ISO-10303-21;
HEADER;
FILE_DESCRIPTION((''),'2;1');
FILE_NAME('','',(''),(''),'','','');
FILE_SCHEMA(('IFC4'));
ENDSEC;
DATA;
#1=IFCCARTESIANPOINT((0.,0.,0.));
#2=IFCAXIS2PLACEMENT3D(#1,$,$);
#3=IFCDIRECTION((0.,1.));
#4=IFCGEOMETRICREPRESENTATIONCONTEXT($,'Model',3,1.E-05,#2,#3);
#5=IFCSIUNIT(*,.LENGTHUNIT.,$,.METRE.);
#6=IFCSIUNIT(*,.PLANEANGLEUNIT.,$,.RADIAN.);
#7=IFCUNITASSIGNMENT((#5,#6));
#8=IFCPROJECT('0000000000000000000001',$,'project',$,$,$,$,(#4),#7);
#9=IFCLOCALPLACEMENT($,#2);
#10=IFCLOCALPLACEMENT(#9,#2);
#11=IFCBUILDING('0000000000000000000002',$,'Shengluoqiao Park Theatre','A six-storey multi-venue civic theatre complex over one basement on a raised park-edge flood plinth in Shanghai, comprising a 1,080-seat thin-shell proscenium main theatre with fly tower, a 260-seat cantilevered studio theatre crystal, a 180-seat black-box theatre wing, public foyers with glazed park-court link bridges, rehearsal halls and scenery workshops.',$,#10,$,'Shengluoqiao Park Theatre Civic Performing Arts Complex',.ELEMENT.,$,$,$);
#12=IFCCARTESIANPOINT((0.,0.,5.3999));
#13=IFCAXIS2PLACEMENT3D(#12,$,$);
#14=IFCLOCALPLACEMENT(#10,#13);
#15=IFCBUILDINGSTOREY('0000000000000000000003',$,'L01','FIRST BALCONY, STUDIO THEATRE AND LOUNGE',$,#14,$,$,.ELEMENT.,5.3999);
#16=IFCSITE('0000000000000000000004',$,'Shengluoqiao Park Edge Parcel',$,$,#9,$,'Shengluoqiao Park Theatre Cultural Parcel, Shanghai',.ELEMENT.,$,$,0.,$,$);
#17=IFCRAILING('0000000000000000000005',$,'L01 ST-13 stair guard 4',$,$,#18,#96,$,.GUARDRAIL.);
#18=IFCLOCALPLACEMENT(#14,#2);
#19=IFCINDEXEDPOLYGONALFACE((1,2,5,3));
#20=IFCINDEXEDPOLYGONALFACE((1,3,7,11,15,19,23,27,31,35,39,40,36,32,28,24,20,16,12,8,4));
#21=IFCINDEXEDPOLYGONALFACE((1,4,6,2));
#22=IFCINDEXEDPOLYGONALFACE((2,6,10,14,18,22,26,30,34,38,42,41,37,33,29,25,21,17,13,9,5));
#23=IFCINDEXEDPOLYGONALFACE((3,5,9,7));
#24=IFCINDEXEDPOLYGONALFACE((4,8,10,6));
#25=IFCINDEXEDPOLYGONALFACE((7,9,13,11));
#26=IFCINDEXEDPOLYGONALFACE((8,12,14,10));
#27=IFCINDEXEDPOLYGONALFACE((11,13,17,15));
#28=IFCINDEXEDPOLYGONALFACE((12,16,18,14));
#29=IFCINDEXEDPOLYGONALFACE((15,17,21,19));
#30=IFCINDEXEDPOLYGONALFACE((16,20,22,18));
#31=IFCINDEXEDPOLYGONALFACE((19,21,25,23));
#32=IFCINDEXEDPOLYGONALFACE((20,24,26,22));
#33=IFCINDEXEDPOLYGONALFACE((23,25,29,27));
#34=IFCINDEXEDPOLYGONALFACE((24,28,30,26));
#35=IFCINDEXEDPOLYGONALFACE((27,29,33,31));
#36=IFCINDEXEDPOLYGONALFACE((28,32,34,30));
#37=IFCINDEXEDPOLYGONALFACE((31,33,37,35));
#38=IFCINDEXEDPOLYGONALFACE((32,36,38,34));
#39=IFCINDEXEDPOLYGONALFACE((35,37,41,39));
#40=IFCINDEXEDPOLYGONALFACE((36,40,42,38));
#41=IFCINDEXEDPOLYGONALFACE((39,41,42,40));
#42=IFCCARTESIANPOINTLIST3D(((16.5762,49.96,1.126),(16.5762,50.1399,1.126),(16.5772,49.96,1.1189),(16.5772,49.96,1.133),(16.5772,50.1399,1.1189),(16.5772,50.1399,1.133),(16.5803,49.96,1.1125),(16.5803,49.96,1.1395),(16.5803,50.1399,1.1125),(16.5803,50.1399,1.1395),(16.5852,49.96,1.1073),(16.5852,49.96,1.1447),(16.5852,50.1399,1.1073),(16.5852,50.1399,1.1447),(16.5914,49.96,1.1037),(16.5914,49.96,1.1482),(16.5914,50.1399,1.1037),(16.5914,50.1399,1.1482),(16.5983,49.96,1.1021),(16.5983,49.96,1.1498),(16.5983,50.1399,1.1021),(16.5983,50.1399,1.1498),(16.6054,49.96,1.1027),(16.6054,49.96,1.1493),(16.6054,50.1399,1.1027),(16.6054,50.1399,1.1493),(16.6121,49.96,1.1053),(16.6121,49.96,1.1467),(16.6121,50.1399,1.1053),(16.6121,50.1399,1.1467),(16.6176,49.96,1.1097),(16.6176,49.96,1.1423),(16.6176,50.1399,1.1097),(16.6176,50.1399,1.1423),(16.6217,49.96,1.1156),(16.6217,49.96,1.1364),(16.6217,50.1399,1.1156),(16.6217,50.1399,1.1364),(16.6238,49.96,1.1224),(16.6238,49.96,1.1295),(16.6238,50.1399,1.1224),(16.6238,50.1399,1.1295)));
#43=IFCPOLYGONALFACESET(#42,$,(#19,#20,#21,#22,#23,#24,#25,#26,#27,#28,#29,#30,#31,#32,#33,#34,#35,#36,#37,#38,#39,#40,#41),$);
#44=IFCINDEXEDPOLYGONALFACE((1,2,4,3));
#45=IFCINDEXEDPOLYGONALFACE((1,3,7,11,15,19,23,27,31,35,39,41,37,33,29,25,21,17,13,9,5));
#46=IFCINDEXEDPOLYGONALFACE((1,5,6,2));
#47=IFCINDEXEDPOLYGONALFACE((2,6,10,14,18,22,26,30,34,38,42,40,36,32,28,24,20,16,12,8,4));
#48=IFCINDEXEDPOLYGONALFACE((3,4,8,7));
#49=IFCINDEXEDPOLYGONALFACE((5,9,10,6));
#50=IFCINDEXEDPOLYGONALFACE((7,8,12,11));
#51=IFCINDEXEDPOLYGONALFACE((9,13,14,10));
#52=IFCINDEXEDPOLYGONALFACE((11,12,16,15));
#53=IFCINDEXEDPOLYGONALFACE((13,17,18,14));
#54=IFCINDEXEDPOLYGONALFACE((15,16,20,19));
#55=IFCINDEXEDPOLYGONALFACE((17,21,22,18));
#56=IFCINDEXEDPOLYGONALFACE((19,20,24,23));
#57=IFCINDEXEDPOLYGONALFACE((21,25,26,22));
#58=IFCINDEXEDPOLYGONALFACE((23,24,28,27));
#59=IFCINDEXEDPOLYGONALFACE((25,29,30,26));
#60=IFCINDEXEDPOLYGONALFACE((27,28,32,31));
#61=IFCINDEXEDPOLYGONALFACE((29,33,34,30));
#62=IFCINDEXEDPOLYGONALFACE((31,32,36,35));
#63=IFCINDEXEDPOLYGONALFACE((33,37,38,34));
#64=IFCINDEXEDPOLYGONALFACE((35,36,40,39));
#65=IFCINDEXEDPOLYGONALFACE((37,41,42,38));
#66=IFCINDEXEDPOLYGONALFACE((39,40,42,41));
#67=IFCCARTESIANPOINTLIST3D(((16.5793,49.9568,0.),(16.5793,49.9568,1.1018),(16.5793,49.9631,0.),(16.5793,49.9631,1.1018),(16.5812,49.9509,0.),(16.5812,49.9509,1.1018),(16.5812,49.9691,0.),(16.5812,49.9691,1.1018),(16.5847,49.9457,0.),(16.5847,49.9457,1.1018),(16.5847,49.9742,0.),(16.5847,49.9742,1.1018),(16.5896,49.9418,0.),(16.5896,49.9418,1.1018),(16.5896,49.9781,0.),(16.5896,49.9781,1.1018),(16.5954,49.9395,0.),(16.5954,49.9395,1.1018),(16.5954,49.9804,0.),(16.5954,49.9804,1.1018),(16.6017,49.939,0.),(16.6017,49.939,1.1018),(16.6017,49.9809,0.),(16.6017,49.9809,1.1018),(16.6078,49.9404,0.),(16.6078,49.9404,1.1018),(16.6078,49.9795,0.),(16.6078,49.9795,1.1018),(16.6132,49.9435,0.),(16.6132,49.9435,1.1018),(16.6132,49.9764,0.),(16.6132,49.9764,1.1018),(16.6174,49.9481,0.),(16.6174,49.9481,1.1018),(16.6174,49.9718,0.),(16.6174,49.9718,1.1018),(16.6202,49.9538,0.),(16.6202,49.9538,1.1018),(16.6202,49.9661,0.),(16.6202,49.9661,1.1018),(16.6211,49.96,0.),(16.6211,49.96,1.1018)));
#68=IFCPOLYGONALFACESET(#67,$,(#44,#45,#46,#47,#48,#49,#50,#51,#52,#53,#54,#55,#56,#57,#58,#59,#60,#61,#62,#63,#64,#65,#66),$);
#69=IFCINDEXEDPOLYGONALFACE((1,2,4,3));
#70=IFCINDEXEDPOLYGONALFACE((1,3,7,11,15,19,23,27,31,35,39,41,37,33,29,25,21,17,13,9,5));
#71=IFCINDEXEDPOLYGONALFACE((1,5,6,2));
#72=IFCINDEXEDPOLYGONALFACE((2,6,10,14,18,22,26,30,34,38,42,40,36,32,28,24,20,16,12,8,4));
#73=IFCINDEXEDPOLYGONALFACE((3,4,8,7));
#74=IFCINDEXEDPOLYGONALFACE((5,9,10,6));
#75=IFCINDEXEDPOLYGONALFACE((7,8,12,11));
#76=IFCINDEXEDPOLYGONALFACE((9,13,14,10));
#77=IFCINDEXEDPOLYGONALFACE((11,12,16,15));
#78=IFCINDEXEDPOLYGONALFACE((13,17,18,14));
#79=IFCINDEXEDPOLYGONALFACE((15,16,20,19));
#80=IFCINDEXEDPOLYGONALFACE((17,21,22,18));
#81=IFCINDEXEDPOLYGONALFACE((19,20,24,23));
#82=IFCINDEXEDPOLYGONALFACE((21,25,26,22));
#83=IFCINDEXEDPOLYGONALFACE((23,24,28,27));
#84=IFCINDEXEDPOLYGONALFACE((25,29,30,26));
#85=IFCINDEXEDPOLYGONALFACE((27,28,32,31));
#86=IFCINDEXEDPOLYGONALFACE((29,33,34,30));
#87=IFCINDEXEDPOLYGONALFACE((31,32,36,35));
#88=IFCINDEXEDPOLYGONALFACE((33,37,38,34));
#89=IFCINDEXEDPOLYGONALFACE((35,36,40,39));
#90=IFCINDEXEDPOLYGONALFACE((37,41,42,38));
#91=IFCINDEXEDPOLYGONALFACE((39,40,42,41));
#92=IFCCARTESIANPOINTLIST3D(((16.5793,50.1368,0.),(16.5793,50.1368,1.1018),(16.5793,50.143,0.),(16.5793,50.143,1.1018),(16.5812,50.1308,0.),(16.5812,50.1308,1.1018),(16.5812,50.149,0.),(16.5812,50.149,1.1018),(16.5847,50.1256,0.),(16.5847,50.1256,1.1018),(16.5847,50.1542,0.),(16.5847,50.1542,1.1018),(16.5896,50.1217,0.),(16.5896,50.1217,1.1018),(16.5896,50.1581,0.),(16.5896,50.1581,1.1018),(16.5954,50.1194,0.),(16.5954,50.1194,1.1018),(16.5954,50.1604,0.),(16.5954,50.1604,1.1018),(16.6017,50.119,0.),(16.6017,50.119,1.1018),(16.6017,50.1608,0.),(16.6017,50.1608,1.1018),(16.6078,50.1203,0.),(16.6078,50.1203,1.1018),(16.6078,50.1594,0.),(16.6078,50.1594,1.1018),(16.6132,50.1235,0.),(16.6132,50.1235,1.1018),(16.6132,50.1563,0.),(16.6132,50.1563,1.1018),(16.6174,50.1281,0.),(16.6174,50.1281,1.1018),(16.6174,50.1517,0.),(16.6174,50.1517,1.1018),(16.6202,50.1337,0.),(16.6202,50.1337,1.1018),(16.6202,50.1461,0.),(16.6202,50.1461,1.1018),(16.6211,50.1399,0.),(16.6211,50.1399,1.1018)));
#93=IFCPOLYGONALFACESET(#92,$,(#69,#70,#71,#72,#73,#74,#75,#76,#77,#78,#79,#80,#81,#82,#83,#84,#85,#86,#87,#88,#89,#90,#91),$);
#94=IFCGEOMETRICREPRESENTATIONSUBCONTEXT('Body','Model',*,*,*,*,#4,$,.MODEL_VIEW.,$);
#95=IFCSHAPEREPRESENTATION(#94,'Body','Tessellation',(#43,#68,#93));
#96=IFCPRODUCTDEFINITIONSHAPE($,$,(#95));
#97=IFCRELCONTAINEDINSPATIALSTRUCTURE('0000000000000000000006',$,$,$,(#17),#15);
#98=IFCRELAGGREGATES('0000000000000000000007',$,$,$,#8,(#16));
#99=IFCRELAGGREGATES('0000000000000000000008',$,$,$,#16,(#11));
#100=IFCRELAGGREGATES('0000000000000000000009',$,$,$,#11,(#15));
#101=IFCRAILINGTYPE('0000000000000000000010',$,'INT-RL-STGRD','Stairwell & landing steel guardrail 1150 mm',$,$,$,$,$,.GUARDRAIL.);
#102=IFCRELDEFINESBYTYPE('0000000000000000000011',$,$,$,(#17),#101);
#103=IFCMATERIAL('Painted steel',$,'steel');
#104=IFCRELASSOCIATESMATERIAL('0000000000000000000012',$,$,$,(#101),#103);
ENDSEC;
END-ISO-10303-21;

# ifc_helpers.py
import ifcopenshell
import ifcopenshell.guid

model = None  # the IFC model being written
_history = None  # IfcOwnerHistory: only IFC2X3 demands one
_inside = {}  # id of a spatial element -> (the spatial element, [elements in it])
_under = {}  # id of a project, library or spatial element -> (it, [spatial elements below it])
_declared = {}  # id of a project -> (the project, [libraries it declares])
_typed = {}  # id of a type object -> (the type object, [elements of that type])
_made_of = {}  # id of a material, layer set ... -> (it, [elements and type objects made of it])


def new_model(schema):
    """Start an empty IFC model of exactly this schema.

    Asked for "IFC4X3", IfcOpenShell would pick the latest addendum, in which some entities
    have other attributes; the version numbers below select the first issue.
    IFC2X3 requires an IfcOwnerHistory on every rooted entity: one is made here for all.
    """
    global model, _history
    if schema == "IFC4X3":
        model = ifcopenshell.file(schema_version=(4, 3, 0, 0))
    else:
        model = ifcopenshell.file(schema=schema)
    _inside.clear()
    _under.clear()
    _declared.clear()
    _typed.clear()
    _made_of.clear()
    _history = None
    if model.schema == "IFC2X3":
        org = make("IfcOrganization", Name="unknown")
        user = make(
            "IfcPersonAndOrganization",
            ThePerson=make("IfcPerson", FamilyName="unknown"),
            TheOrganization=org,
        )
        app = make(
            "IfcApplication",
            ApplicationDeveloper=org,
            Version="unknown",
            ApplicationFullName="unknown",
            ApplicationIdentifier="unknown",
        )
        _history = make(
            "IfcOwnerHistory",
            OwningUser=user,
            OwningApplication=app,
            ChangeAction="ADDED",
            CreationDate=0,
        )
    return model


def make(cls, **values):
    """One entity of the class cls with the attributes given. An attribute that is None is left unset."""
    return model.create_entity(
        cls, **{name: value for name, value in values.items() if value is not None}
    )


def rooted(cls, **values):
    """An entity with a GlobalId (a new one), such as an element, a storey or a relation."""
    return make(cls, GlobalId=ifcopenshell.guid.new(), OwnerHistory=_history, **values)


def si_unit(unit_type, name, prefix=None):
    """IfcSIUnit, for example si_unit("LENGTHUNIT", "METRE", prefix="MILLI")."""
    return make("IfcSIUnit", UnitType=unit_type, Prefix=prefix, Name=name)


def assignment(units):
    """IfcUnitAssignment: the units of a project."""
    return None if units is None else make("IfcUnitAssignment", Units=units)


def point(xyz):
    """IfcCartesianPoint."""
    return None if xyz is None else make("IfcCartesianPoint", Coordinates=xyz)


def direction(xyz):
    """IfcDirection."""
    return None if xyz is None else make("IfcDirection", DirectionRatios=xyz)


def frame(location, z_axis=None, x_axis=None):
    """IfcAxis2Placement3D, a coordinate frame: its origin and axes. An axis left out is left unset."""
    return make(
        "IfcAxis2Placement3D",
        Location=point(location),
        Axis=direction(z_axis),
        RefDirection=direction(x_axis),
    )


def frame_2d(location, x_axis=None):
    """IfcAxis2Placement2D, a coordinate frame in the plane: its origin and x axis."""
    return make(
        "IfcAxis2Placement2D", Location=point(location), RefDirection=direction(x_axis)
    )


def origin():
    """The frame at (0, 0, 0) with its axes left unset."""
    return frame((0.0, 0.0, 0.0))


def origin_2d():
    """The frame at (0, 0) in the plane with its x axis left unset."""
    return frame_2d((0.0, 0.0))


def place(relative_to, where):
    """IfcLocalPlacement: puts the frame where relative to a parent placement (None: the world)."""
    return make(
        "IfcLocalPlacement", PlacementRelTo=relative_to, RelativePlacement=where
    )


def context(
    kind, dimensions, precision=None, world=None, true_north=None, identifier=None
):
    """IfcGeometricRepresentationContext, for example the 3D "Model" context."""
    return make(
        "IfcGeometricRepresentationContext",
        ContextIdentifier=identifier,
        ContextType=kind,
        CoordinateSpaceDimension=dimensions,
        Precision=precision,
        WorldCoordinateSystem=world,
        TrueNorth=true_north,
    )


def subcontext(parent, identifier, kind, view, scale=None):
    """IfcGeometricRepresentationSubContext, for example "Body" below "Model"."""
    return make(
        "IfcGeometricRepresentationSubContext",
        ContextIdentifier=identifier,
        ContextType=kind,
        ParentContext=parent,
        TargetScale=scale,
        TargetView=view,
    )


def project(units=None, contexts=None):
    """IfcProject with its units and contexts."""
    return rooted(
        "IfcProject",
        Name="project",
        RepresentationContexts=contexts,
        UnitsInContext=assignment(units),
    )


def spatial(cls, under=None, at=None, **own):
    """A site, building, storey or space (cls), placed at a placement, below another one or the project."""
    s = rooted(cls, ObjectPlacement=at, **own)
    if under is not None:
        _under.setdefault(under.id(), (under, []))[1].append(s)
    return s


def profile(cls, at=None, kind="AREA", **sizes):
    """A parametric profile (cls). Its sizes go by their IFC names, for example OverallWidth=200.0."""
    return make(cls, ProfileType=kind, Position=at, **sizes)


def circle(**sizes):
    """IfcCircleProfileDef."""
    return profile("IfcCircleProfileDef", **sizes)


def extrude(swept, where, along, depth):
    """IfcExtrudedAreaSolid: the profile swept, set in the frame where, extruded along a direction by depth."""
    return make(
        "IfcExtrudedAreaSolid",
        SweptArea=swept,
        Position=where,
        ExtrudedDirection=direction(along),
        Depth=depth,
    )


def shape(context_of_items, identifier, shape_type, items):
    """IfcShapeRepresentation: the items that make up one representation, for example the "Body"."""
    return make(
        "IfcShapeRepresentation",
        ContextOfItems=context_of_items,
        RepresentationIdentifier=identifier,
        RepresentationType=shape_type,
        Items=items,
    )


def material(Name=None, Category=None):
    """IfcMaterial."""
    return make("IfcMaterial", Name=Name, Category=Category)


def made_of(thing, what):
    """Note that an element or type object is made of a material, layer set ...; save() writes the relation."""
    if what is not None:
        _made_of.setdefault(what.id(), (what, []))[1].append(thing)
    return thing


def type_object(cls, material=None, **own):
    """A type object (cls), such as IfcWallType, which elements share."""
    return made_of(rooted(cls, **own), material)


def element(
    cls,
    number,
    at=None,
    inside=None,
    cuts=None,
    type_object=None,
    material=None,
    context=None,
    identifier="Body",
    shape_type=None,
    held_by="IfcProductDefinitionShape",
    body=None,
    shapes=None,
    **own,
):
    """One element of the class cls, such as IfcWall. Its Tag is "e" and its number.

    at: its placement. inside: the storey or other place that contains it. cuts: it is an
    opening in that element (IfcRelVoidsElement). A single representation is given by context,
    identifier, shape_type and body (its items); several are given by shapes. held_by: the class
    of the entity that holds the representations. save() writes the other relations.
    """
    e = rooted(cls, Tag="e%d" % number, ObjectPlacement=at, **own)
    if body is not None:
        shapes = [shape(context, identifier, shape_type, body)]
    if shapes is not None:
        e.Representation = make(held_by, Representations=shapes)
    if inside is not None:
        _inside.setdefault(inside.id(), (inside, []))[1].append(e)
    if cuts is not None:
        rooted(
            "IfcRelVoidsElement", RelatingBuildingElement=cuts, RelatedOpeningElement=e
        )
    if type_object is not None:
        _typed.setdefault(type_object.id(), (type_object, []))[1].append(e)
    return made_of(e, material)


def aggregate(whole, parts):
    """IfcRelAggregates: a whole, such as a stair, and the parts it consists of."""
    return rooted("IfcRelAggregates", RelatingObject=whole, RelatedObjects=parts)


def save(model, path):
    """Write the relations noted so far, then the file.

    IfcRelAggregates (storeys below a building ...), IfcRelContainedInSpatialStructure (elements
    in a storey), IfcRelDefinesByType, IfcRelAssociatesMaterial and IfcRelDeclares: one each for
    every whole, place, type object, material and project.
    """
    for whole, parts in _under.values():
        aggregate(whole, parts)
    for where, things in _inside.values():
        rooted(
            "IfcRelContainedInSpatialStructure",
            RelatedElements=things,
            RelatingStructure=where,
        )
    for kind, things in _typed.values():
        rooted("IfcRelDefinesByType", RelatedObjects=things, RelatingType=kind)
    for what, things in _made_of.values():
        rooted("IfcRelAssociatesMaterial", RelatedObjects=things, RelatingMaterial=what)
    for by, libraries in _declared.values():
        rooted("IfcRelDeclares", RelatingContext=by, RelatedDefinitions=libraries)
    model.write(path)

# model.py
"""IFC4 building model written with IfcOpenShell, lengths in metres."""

from ifc_helpers import new_model, si_unit, direction, frame, origin, origin_2d, place, context, subcontext, project, spatial, circle, extrude, material, type_object, element, save


model = new_model("IFC4")

# Units and contexts
model_context = context("Model", 3, precision=1e-05, world=origin(), true_north=direction((0.0, 1.0)))
body_context = subcontext(model_context, "Body", "Model", "MODEL_VIEW")
ifc_project = project(units=[si_unit("LENGTHUNIT", "METRE"), si_unit("PLANEANGLEUNIT", "RADIAN")], contexts=[model_context])

# Site, building, storey
site_placement = place(None, origin())
site = spatial("IfcSite", under=ifc_project, at=site_placement, Name="Shengluoqiao Park Edge Parcel", LongName="Shengluoqiao Park Theatre Cultural Parcel, Shanghai", CompositionType="ELEMENT", RefElevation=0.0)
building_placement = place(site_placement, origin())
building = spatial("IfcBuilding", under=site, at=building_placement, Name="Shengluoqiao Park Theatre", Description="A six-storey multi-venue civic theatre complex over one basement on a raised park-edge flood plinth in Shanghai, comprising a 1,080-seat thin-shell proscenium main theatre with fly tower, a 260-seat cantilevered studio theatre crystal, a 180-seat black-box theatre wing, public foyers with glazed park-court link bridges, rehearsal halls and scenery workshops.", LongName="Shengluoqiao Park Theatre Civic Performing Arts Complex", CompositionType="ELEMENT")
storey_placement = place(building_placement, frame((0.0, 0.0, 5.3999)))
storey = spatial("IfcBuildingStorey", under=building, at=storey_placement, Name="L01", Description="FIRST BALCONY, STUDIO THEATRE AND LOUNGE", CompositionType="ELEMENT", Elevation=5.3999)

# Railing
ifc_material_1 = material(Name="Painted steel", Category="steel")
railing_type_1 = type_object("IfcRailingType", Name="INT-RL-STGRD", Description="Stairwell & landing steel guardrail 1150 mm", PredefinedType="GUARDRAIL", material=ifc_material_1)
railing_1_placement = place(storey_placement, frame((16.6001, 49.96, 0.0)))
element("IfcRailing", 1, at=railing_1_placement, inside=storey, type_object=railing_type_1, Name="L01 ST-13 stair guard 4", PredefinedType="GUARDRAIL", context=body_context, shape_type="SweptSolid", body=[
    extrude(circle(Radius=0.0239, at=origin_2d()), frame((0.0, 0.0, 1.126), z_axis=(0.0, 1.0, 0.0), x_axis=(-1.0, 0.0, 0.0)), (0.0, 0.0, 1.0), 0.1799),
    extrude(circle(Radius=0.021, at=origin_2d()), origin(), (0.0, 0.0, 1.0), 1.1018),
    extrude(circle(Radius=0.021, at=origin_2d()), frame((0.0, 0.1799, 0.0)), (0.0, 0.0, 1.0), 1.1018),
])

save(model, "model.ifc")
